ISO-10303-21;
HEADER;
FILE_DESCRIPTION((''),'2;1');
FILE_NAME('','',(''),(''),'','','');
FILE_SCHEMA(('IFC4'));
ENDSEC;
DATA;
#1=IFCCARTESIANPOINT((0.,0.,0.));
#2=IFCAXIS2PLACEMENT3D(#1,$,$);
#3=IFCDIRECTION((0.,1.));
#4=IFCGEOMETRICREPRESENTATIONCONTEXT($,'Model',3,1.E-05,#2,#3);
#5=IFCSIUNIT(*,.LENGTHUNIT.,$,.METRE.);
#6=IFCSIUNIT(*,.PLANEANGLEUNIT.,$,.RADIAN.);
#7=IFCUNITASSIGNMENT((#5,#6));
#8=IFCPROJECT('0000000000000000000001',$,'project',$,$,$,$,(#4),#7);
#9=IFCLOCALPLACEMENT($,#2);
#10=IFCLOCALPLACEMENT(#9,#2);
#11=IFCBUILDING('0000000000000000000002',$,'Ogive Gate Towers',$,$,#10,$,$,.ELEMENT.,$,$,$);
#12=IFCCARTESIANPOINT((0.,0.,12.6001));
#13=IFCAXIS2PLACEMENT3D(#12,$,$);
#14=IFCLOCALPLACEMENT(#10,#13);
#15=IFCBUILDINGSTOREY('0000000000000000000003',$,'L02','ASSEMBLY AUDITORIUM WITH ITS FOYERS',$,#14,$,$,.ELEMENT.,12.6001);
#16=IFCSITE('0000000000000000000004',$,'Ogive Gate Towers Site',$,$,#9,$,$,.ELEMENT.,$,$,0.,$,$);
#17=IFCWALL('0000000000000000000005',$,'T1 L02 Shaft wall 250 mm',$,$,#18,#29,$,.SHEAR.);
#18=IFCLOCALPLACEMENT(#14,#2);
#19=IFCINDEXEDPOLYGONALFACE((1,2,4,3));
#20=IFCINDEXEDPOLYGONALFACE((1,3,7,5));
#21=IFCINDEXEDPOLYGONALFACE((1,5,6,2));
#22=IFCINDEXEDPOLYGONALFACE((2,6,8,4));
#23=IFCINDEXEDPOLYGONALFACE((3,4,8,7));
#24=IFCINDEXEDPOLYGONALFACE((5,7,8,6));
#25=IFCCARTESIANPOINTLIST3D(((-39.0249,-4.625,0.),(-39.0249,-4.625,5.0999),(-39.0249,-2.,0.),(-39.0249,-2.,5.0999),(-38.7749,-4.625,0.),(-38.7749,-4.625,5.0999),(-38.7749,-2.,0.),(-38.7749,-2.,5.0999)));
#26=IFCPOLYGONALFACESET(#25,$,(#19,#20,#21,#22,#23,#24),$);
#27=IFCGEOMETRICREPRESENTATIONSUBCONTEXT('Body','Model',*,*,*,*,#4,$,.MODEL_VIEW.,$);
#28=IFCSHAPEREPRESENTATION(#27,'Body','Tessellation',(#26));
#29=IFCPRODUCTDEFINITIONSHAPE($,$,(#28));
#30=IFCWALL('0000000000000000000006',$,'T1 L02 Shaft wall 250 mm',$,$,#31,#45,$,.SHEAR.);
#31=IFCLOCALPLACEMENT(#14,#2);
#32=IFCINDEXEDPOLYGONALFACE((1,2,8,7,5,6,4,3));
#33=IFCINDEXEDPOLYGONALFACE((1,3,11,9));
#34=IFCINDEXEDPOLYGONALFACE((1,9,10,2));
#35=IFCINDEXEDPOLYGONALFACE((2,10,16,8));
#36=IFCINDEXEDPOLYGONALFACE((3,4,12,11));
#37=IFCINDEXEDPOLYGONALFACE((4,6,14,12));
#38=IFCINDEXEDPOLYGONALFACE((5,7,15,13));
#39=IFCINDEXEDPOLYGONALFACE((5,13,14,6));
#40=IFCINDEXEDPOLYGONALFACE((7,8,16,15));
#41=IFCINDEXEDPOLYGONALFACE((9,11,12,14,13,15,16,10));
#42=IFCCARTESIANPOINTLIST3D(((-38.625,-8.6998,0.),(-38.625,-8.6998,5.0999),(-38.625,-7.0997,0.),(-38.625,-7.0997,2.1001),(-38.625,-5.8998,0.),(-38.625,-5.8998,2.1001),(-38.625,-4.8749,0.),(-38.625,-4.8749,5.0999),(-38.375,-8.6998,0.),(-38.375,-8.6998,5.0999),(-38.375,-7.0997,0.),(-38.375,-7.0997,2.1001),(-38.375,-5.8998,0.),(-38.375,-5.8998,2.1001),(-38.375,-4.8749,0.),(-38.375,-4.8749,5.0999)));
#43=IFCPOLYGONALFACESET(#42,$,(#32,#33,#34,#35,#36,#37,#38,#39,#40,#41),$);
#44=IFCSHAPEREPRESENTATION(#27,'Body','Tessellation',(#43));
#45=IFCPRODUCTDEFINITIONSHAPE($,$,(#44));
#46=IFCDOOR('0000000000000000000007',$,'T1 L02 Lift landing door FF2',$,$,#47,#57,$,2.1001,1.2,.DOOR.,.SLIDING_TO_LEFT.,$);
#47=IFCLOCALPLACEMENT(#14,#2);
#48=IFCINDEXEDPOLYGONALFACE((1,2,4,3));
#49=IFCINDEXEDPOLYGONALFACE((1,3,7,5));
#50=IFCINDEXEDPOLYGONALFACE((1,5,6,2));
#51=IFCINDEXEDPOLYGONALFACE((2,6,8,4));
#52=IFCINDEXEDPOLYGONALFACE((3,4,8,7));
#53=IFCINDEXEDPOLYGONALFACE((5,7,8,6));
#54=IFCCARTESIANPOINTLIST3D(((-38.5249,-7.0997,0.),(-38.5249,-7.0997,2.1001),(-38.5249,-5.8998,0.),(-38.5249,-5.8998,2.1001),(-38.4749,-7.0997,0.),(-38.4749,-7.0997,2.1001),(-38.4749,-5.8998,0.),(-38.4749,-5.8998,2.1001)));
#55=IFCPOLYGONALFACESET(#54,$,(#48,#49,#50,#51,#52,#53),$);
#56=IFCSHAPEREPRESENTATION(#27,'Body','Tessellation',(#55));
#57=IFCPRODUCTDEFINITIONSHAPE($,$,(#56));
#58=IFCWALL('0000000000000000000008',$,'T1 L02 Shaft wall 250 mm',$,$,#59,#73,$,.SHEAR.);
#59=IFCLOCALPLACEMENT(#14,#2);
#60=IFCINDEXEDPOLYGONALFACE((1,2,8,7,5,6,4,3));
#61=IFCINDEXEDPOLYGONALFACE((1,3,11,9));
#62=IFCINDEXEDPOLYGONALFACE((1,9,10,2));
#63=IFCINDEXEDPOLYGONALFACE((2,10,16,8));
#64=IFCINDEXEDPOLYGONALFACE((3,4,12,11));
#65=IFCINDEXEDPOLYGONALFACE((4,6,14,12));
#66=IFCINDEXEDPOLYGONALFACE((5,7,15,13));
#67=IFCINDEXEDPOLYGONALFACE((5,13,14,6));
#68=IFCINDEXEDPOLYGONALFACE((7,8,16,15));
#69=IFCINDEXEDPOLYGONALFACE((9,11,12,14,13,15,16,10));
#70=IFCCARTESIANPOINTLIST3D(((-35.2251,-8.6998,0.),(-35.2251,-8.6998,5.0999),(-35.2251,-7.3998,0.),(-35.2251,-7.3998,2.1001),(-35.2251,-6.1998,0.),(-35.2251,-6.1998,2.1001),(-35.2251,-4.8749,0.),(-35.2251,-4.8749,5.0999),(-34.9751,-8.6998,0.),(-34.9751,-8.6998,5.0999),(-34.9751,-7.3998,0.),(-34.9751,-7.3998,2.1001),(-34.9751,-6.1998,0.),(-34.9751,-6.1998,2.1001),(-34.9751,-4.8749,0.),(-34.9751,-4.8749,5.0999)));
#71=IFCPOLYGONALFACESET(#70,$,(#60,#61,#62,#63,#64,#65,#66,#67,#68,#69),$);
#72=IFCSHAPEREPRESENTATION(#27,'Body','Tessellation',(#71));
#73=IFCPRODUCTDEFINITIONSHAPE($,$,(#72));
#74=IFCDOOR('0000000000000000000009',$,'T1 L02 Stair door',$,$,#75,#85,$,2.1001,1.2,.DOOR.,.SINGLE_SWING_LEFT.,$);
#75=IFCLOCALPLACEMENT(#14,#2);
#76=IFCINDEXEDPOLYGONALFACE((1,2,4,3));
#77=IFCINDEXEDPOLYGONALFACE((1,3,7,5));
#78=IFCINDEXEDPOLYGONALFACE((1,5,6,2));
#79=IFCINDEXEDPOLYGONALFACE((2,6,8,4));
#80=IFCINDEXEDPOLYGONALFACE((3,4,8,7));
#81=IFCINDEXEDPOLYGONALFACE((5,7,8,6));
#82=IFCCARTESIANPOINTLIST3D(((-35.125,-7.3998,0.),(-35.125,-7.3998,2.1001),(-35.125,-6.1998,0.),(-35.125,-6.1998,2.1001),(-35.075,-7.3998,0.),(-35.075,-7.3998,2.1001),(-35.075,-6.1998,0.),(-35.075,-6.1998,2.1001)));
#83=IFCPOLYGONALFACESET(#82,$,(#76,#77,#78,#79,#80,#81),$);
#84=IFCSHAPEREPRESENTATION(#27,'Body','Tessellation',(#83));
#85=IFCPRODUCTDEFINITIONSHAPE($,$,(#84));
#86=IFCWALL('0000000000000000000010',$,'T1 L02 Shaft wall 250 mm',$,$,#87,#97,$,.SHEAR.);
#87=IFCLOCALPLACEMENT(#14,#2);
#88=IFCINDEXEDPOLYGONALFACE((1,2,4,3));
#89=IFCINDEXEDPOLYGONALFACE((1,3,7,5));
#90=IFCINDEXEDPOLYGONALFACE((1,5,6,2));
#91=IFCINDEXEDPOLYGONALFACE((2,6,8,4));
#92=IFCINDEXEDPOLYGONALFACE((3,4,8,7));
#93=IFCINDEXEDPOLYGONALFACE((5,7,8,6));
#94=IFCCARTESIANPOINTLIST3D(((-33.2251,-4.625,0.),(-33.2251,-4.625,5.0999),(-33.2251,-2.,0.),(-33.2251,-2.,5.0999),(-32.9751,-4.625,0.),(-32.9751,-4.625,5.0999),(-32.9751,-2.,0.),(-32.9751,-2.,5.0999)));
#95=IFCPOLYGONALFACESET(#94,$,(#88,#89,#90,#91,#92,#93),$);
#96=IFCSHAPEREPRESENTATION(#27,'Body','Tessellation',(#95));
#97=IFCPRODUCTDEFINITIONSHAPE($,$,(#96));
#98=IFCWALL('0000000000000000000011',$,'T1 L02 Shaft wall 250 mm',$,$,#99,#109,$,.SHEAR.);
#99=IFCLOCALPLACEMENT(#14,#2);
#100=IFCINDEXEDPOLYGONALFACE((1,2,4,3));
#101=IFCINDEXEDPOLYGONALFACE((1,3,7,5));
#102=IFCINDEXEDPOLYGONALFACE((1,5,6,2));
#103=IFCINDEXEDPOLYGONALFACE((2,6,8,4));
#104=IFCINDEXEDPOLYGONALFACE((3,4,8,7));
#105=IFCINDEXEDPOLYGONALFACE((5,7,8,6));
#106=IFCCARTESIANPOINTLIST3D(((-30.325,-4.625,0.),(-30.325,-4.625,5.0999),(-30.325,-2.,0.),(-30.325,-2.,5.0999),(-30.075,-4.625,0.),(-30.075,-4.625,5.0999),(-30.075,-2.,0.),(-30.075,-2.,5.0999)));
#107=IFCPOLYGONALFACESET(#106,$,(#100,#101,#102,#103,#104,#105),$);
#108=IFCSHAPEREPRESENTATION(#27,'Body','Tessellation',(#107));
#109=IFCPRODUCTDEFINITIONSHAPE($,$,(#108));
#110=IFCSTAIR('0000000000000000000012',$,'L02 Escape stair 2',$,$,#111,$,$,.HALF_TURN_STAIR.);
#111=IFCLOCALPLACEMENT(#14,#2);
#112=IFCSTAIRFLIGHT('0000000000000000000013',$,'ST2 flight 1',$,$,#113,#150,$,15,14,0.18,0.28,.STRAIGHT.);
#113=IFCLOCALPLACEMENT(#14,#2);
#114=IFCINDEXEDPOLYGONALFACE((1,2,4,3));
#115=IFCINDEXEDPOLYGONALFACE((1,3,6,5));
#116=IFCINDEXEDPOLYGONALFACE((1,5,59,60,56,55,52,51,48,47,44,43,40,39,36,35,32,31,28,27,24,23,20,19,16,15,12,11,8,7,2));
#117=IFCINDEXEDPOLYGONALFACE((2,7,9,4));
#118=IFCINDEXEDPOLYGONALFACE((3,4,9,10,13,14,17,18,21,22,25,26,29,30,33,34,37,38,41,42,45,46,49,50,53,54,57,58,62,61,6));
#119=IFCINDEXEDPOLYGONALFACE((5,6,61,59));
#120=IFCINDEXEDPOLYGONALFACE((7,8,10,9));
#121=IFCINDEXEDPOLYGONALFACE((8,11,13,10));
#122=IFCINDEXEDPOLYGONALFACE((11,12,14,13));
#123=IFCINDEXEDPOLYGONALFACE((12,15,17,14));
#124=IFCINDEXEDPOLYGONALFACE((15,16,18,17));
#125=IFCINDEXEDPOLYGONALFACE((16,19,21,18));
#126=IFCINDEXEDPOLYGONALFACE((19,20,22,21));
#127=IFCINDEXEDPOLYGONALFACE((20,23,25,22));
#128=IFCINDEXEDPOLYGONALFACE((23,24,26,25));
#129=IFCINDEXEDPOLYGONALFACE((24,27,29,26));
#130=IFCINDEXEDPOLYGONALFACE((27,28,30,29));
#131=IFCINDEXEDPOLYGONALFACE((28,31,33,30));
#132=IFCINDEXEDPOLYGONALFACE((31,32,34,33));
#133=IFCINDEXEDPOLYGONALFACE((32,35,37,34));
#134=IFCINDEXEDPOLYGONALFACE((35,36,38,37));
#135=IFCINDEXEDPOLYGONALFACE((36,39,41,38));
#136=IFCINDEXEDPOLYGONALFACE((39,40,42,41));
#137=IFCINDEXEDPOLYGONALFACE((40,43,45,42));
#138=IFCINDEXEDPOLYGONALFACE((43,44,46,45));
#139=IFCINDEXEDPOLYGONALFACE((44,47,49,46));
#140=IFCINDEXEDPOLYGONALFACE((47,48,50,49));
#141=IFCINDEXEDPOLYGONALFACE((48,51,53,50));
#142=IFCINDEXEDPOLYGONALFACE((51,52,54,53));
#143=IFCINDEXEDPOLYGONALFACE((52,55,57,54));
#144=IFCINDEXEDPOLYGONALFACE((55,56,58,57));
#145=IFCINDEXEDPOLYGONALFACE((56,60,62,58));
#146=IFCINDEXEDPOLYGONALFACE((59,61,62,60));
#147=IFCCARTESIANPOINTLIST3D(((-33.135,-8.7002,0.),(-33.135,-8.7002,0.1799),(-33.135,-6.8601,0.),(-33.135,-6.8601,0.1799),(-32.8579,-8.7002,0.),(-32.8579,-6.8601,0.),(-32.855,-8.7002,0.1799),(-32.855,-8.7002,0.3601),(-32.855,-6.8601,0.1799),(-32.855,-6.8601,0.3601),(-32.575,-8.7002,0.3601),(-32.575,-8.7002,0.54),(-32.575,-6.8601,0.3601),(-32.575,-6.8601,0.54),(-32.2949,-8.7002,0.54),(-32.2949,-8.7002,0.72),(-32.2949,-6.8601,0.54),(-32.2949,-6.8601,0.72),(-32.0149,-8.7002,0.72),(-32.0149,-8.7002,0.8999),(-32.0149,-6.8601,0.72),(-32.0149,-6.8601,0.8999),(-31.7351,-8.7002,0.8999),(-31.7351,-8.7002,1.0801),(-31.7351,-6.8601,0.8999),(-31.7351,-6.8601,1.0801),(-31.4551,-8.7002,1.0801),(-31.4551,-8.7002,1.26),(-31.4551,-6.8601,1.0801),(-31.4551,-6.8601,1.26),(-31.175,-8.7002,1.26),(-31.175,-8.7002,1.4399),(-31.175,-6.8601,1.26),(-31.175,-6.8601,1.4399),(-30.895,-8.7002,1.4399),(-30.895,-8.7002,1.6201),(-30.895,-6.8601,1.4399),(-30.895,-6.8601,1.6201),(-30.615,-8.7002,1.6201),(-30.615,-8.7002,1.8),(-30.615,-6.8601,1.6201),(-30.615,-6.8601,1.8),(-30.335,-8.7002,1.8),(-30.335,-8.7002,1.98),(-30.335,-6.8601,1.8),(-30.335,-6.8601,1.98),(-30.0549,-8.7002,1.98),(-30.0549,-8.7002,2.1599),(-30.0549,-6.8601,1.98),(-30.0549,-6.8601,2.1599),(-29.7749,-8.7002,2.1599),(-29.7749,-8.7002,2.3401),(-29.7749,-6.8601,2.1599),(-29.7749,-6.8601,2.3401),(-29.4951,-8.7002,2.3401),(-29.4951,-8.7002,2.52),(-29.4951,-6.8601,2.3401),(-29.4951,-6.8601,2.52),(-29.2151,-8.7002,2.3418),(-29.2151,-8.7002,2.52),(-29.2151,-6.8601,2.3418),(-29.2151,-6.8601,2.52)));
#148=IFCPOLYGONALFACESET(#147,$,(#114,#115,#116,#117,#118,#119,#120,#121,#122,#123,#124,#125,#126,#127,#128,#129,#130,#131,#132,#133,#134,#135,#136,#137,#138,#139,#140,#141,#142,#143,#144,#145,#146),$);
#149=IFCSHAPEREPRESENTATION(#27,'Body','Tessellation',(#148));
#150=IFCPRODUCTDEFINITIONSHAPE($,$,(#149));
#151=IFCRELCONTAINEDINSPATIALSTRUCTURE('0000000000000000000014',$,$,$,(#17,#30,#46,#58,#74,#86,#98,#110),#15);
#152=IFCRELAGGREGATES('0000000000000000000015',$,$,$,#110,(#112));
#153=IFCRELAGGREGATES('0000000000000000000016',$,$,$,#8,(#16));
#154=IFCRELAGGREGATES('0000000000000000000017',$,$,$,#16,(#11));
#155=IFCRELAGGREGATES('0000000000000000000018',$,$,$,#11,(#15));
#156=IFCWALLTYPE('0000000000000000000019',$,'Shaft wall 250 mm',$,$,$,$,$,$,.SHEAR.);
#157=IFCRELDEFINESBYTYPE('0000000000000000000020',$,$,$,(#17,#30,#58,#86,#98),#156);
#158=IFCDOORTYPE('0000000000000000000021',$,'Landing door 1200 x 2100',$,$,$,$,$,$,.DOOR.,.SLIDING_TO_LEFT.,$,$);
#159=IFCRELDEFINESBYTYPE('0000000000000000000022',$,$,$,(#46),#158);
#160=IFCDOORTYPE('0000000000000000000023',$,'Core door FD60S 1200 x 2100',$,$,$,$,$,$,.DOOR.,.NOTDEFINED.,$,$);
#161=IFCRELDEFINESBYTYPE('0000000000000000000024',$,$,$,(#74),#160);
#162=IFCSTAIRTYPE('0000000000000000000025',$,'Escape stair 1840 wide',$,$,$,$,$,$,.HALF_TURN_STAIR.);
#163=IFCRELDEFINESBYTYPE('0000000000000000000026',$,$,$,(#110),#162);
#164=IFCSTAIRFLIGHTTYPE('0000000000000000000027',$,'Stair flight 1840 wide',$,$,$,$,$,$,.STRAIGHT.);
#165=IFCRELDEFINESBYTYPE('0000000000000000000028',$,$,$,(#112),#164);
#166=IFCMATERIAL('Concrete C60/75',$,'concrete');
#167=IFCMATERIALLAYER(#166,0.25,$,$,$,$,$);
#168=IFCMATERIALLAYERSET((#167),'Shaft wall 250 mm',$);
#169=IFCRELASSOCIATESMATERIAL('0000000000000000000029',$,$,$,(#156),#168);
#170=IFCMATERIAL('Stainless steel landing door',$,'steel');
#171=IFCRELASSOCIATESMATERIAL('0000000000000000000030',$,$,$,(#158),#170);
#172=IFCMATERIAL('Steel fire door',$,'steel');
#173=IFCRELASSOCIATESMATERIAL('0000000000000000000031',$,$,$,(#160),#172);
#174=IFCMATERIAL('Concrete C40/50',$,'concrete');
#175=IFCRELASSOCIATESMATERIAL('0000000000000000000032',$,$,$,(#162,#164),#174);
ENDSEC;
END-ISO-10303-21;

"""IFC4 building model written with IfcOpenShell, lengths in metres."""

from ifc_helpers import new_model, si_unit, direction, frame, frame_2d, origin, place, context, subcontext, project, spatial, polyline, rectangle, outline, extrude, material, layer, layer_set, type_object, element, fill, aggregate, save


model = new_model("IFC4")

# Units and contexts
model_context = context("Model", 3, precision=1e-05, world=origin(), true_north=direction((0.0, 1.0)))
body_context = subcontext(model_context, "Body", "Model", "MODEL_VIEW")
ifc_project = project(units=[si_unit("LENGTHUNIT", "METRE"), si_unit("PLANEANGLEUNIT", "RADIAN")], contexts=[model_context])

# Site, building, storey
site_placement = place(None, origin())
site = spatial("IfcSite", under=ifc_project, at=site_placement, Name="Ogive Gate Towers Site", CompositionType="ELEMENT", RefElevation=0.0)
building_placement = place(site_placement, origin())
building = spatial("IfcBuilding", under=site, at=building_placement, Name="Ogive Gate Towers", CompositionType="ELEMENT")
storey_placement = place(building_placement, frame((0.0, 0.0, 12.6001)))
storey = spatial("IfcBuildingStorey", under=building, at=storey_placement, Name="L02", Description="ASSEMBLY AUDITORIUM WITH ITS FOYERS", CompositionType="ELEMENT", Elevation=12.6001)

# Shared definitions
ifc_material_1 = material(Name="Concrete C40/50", Category="concrete")

# Shared definitions
ifc_material_2 = material(Name="Concrete C60/75", Category="concrete")
ifc_material_3 = material(Name="Steel fire door", Category="steel")

# Wall
ifc_layer_1 = layer(ifc_material_2, 0.25)
ifc_layer_set_1 = layer_set([ifc_layer_1], Name="Shaft wall 250 mm")
wall_type_1 = type_object("IfcWallType", Name="Shaft wall 250 mm", PredefinedType="SHEAR", material=ifc_layer_set_1)
wall_1_placement = place(storey_placement, frame((-38.8999, -4.625, 0.0), z_axis=(0.0, 0.0, 1.0), x_axis=(0.0, 1.0, 0.0)))
element("IfcWall", 1, at=wall_1_placement, inside=storey, type_object=wall_type_1, Name="T1 L02 Shaft wall 250 mm", PredefinedType="SHEAR", context=body_context, shape_type="SweptSolid", body=[
    extrude(rectangle(XDim=2.625, YDim=0.25, at=frame_2d((1.3125, 0.0))), origin(), (0.0, 0.0, 1.0), 5.0999),
])

# Walls, openings, doors
wall_2_placement = place(storey_placement, frame((-38.5, -8.7, 0.0), z_axis=(0.0, 0.0, 1.0), x_axis=(0.0, 1.0, 0.0)))
wall_2 = element("IfcWall", 2, at=wall_2_placement, inside=storey, type_object=wall_type_1, Name="T1 L02 Shaft wall 250 mm", PredefinedType="SHEAR", context=body_context, shape_type="SweptSolid", body=[
    extrude(rectangle(XDim=3.825, YDim=0.25, at=frame_2d((1.9126, 0.0))), origin(), (0.0, 0.0, 1.0), 5.0999),
])
opening_1_placement = place(wall_2_placement, frame((1.6001, 0.0, 0.0)))
opening_1 = element("IfcOpeningElement", 3, at=opening_1_placement, cuts=wall_2, PredefinedType="OPENING", context=body_context, shape_type="SweptSolid", body=[
    extrude(rectangle(XDim=1.2, YDim=2.1001, at=frame_2d((0.6001, 1.05))), frame((0.0, 0.135, 0.0), z_axis=(0.0, -1.0, 0.0), x_axis=(1.0, 0.0, 0.0)), (0.0, 0.0, 1.0), 0.27),
])
ifc_material_4 = material(Name="Stainless steel landing door", Category="steel")
door_type_1 = type_object("IfcDoorType", Name="Landing door 1200 x 2100", OperationType="SLIDING_TO_LEFT", PredefinedType="DOOR", material=ifc_material_4)
door_1_placement = place(opening_1_placement, origin())
door_1 = element("IfcDoor", 4, at=door_1_placement, inside=storey, type_object=door_type_1, Name="T1 L02 Lift landing door FF2", OperationType="SLIDING_TO_LEFT", OverallHeight=2.1001, OverallWidth=1.2, PredefinedType="DOOR", context=body_context, shape_type="SweptSolid", body=[
    extrude(rectangle(XDim=1.2, YDim=2.1001, at=frame_2d((0.6001, 1.05))), frame((0.0, 0.0249, 0.0), z_axis=(0.0, -1.0, 0.0), x_axis=(1.0, 0.0, 0.0)), (0.0, 0.0, 1.0), 0.05),
])
fill(opening_1, door_1)
wall_3_placement = place(storey_placement, frame((-35.1001, -8.7, 0.0), z_axis=(0.0, 0.0, 1.0), x_axis=(0.0, 1.0, 0.0)))
wall_3 = element("IfcWall", 5, at=wall_3_placement, inside=storey, type_object=wall_type_1, Name="T1 L02 Shaft wall 250 mm", PredefinedType="SHEAR", context=body_context, shape_type="SweptSolid", body=[
    extrude(rectangle(XDim=3.825, YDim=0.25, at=frame_2d((1.9126, 0.0))), origin(), (0.0, 0.0, 1.0), 5.0999),
])
opening_2_placement = place(wall_3_placement, frame((1.3, 0.0, 0.0)))
opening_2 = element("IfcOpeningElement", 6, at=opening_2_placement, cuts=wall_3, PredefinedType="OPENING", context=body_context, shape_type="SweptSolid", body=[
    extrude(rectangle(XDim=1.2, YDim=2.1001, at=frame_2d((0.6001, 1.05))), frame((0.0, 0.135, 0.0), z_axis=(0.0, -1.0, 0.0), x_axis=(1.0, 0.0, 0.0)), (0.0, 0.0, 1.0), 0.27),
])
door_type_2 = type_object("IfcDoorType", Name="Core door FD60S 1200 x 2100", OperationType="NOTDEFINED", PredefinedType="DOOR", material=ifc_material_3)
door_2_placement = place(opening_2_placement, origin())
door_2 = element("IfcDoor", 7, at=door_2_placement, inside=storey, type_object=door_type_2, Name="T1 L02 Stair door", OperationType="SINGLE_SWING_LEFT", OverallHeight=2.1001, OverallWidth=1.2, PredefinedType="DOOR", context=body_context, shape_type="SweptSolid", body=[
    extrude(rectangle(XDim=1.2, YDim=2.1001, at=frame_2d((0.6001, 1.05))), frame((0.0, 0.0249, 0.0), z_axis=(0.0, -1.0, 0.0), x_axis=(1.0, 0.0, 0.0)), (0.0, 0.0, 1.0), 0.05),
])
fill(opening_2, door_2)

# Walls
for number, where, z_axis, x_axis, name in (
    (8, (-33.1001, -4.625, 0.0), (0.0, 0.0, 1.0), (0.0, 1.0, 0.0), "T1 L02 Shaft wall 250 mm"),
    (9, (-30.2, -4.625, 0.0), (0.0, 0.0, 1.0), (0.0, 1.0, 0.0), "T1 L02 Shaft wall 250 mm"),
):
    element("IfcWall", number, at=place(storey_placement, frame(where, z_axis=z_axis, x_axis=x_axis)), inside=storey, type_object=wall_type_1, Name=name, PredefinedType="SHEAR", context=body_context, shape_type="SweptSolid", body=[
        extrude(rectangle(XDim=2.625, YDim=0.25, at=frame_2d((1.3125, 0.0))), origin(), (0.0, 0.0, 1.0), 5.0999),
    ])

# Stair, stair flight
stair_type = type_object("IfcStairType", Name="Escape stair 1840 wide", PredefinedType="HALF_TURN_STAIR", material=ifc_material_1)
stair_placement = place(storey_placement, origin())
stair = element("IfcStair", 10, at=stair_placement, inside=storey, type_object=stair_type, Name="L02 Escape stair 2", PredefinedType="HALF_TURN_STAIR")
stair_flight_type = type_object("IfcStairFlightType", Name="Stair flight 1840 wide", PredefinedType="STRAIGHT", material=ifc_material_1)
stair_flight_1_placement = place(storey_placement, frame((-33.135, -7.78, 0.0), z_axis=(0.0, 0.0, 1.0), x_axis=(1.0, 0.0, 0.0)))
stair_flight_1 = element("IfcStairFlight", 11, at=stair_flight_1_placement, type_object=stair_flight_type, Name="ST2 flight 1", NumberOfRisers=15, NumberOfTreads=14, PredefinedType="STRAIGHT", RiserHeight=0.18, TreadLength=0.28, context=body_context, shape_type="SweptSolid", body=[
    extrude(outline(polyline([(0.0, 0.0), (0.0, 0.1799), (0.28, 0.1799), (0.28, 0.3601), (0.5601, 0.3601), (0.5601, 0.54), (0.8401, 0.54), (0.8401, 0.72), (1.1201, 0.72), (1.1201, 0.8999), (1.3999, 0.8999), (1.3999, 1.0801), (1.6799, 1.0801), (1.6799, 1.26), (1.96, 1.26), (1.96, 1.4399), (2.24, 1.4399), (2.24, 1.6201), (2.52, 1.6201), (2.52, 1.8), (2.8, 1.8), (2.8, 1.98), (3.0801, 1.98), (3.0801, 2.1599), (3.3601, 2.1599), (3.3601, 2.3401), (3.6399, 2.3401), (3.6399, 2.52), (3.9199, 2.52), (3.9199, 2.7), (3.9199, 2.3418), (0.2771, 0.0), (0.0, 0.0)])), frame((0.0, 0.9199, 0.0), z_axis=(0.0, -1.0, 0.0), x_axis=(1.0, 0.0, 0.0)), (0.0, 0.0, 1.0), 1.8401),
])
aggregate(stair, [stair_flight_1])

save(model, "model.ifc")
